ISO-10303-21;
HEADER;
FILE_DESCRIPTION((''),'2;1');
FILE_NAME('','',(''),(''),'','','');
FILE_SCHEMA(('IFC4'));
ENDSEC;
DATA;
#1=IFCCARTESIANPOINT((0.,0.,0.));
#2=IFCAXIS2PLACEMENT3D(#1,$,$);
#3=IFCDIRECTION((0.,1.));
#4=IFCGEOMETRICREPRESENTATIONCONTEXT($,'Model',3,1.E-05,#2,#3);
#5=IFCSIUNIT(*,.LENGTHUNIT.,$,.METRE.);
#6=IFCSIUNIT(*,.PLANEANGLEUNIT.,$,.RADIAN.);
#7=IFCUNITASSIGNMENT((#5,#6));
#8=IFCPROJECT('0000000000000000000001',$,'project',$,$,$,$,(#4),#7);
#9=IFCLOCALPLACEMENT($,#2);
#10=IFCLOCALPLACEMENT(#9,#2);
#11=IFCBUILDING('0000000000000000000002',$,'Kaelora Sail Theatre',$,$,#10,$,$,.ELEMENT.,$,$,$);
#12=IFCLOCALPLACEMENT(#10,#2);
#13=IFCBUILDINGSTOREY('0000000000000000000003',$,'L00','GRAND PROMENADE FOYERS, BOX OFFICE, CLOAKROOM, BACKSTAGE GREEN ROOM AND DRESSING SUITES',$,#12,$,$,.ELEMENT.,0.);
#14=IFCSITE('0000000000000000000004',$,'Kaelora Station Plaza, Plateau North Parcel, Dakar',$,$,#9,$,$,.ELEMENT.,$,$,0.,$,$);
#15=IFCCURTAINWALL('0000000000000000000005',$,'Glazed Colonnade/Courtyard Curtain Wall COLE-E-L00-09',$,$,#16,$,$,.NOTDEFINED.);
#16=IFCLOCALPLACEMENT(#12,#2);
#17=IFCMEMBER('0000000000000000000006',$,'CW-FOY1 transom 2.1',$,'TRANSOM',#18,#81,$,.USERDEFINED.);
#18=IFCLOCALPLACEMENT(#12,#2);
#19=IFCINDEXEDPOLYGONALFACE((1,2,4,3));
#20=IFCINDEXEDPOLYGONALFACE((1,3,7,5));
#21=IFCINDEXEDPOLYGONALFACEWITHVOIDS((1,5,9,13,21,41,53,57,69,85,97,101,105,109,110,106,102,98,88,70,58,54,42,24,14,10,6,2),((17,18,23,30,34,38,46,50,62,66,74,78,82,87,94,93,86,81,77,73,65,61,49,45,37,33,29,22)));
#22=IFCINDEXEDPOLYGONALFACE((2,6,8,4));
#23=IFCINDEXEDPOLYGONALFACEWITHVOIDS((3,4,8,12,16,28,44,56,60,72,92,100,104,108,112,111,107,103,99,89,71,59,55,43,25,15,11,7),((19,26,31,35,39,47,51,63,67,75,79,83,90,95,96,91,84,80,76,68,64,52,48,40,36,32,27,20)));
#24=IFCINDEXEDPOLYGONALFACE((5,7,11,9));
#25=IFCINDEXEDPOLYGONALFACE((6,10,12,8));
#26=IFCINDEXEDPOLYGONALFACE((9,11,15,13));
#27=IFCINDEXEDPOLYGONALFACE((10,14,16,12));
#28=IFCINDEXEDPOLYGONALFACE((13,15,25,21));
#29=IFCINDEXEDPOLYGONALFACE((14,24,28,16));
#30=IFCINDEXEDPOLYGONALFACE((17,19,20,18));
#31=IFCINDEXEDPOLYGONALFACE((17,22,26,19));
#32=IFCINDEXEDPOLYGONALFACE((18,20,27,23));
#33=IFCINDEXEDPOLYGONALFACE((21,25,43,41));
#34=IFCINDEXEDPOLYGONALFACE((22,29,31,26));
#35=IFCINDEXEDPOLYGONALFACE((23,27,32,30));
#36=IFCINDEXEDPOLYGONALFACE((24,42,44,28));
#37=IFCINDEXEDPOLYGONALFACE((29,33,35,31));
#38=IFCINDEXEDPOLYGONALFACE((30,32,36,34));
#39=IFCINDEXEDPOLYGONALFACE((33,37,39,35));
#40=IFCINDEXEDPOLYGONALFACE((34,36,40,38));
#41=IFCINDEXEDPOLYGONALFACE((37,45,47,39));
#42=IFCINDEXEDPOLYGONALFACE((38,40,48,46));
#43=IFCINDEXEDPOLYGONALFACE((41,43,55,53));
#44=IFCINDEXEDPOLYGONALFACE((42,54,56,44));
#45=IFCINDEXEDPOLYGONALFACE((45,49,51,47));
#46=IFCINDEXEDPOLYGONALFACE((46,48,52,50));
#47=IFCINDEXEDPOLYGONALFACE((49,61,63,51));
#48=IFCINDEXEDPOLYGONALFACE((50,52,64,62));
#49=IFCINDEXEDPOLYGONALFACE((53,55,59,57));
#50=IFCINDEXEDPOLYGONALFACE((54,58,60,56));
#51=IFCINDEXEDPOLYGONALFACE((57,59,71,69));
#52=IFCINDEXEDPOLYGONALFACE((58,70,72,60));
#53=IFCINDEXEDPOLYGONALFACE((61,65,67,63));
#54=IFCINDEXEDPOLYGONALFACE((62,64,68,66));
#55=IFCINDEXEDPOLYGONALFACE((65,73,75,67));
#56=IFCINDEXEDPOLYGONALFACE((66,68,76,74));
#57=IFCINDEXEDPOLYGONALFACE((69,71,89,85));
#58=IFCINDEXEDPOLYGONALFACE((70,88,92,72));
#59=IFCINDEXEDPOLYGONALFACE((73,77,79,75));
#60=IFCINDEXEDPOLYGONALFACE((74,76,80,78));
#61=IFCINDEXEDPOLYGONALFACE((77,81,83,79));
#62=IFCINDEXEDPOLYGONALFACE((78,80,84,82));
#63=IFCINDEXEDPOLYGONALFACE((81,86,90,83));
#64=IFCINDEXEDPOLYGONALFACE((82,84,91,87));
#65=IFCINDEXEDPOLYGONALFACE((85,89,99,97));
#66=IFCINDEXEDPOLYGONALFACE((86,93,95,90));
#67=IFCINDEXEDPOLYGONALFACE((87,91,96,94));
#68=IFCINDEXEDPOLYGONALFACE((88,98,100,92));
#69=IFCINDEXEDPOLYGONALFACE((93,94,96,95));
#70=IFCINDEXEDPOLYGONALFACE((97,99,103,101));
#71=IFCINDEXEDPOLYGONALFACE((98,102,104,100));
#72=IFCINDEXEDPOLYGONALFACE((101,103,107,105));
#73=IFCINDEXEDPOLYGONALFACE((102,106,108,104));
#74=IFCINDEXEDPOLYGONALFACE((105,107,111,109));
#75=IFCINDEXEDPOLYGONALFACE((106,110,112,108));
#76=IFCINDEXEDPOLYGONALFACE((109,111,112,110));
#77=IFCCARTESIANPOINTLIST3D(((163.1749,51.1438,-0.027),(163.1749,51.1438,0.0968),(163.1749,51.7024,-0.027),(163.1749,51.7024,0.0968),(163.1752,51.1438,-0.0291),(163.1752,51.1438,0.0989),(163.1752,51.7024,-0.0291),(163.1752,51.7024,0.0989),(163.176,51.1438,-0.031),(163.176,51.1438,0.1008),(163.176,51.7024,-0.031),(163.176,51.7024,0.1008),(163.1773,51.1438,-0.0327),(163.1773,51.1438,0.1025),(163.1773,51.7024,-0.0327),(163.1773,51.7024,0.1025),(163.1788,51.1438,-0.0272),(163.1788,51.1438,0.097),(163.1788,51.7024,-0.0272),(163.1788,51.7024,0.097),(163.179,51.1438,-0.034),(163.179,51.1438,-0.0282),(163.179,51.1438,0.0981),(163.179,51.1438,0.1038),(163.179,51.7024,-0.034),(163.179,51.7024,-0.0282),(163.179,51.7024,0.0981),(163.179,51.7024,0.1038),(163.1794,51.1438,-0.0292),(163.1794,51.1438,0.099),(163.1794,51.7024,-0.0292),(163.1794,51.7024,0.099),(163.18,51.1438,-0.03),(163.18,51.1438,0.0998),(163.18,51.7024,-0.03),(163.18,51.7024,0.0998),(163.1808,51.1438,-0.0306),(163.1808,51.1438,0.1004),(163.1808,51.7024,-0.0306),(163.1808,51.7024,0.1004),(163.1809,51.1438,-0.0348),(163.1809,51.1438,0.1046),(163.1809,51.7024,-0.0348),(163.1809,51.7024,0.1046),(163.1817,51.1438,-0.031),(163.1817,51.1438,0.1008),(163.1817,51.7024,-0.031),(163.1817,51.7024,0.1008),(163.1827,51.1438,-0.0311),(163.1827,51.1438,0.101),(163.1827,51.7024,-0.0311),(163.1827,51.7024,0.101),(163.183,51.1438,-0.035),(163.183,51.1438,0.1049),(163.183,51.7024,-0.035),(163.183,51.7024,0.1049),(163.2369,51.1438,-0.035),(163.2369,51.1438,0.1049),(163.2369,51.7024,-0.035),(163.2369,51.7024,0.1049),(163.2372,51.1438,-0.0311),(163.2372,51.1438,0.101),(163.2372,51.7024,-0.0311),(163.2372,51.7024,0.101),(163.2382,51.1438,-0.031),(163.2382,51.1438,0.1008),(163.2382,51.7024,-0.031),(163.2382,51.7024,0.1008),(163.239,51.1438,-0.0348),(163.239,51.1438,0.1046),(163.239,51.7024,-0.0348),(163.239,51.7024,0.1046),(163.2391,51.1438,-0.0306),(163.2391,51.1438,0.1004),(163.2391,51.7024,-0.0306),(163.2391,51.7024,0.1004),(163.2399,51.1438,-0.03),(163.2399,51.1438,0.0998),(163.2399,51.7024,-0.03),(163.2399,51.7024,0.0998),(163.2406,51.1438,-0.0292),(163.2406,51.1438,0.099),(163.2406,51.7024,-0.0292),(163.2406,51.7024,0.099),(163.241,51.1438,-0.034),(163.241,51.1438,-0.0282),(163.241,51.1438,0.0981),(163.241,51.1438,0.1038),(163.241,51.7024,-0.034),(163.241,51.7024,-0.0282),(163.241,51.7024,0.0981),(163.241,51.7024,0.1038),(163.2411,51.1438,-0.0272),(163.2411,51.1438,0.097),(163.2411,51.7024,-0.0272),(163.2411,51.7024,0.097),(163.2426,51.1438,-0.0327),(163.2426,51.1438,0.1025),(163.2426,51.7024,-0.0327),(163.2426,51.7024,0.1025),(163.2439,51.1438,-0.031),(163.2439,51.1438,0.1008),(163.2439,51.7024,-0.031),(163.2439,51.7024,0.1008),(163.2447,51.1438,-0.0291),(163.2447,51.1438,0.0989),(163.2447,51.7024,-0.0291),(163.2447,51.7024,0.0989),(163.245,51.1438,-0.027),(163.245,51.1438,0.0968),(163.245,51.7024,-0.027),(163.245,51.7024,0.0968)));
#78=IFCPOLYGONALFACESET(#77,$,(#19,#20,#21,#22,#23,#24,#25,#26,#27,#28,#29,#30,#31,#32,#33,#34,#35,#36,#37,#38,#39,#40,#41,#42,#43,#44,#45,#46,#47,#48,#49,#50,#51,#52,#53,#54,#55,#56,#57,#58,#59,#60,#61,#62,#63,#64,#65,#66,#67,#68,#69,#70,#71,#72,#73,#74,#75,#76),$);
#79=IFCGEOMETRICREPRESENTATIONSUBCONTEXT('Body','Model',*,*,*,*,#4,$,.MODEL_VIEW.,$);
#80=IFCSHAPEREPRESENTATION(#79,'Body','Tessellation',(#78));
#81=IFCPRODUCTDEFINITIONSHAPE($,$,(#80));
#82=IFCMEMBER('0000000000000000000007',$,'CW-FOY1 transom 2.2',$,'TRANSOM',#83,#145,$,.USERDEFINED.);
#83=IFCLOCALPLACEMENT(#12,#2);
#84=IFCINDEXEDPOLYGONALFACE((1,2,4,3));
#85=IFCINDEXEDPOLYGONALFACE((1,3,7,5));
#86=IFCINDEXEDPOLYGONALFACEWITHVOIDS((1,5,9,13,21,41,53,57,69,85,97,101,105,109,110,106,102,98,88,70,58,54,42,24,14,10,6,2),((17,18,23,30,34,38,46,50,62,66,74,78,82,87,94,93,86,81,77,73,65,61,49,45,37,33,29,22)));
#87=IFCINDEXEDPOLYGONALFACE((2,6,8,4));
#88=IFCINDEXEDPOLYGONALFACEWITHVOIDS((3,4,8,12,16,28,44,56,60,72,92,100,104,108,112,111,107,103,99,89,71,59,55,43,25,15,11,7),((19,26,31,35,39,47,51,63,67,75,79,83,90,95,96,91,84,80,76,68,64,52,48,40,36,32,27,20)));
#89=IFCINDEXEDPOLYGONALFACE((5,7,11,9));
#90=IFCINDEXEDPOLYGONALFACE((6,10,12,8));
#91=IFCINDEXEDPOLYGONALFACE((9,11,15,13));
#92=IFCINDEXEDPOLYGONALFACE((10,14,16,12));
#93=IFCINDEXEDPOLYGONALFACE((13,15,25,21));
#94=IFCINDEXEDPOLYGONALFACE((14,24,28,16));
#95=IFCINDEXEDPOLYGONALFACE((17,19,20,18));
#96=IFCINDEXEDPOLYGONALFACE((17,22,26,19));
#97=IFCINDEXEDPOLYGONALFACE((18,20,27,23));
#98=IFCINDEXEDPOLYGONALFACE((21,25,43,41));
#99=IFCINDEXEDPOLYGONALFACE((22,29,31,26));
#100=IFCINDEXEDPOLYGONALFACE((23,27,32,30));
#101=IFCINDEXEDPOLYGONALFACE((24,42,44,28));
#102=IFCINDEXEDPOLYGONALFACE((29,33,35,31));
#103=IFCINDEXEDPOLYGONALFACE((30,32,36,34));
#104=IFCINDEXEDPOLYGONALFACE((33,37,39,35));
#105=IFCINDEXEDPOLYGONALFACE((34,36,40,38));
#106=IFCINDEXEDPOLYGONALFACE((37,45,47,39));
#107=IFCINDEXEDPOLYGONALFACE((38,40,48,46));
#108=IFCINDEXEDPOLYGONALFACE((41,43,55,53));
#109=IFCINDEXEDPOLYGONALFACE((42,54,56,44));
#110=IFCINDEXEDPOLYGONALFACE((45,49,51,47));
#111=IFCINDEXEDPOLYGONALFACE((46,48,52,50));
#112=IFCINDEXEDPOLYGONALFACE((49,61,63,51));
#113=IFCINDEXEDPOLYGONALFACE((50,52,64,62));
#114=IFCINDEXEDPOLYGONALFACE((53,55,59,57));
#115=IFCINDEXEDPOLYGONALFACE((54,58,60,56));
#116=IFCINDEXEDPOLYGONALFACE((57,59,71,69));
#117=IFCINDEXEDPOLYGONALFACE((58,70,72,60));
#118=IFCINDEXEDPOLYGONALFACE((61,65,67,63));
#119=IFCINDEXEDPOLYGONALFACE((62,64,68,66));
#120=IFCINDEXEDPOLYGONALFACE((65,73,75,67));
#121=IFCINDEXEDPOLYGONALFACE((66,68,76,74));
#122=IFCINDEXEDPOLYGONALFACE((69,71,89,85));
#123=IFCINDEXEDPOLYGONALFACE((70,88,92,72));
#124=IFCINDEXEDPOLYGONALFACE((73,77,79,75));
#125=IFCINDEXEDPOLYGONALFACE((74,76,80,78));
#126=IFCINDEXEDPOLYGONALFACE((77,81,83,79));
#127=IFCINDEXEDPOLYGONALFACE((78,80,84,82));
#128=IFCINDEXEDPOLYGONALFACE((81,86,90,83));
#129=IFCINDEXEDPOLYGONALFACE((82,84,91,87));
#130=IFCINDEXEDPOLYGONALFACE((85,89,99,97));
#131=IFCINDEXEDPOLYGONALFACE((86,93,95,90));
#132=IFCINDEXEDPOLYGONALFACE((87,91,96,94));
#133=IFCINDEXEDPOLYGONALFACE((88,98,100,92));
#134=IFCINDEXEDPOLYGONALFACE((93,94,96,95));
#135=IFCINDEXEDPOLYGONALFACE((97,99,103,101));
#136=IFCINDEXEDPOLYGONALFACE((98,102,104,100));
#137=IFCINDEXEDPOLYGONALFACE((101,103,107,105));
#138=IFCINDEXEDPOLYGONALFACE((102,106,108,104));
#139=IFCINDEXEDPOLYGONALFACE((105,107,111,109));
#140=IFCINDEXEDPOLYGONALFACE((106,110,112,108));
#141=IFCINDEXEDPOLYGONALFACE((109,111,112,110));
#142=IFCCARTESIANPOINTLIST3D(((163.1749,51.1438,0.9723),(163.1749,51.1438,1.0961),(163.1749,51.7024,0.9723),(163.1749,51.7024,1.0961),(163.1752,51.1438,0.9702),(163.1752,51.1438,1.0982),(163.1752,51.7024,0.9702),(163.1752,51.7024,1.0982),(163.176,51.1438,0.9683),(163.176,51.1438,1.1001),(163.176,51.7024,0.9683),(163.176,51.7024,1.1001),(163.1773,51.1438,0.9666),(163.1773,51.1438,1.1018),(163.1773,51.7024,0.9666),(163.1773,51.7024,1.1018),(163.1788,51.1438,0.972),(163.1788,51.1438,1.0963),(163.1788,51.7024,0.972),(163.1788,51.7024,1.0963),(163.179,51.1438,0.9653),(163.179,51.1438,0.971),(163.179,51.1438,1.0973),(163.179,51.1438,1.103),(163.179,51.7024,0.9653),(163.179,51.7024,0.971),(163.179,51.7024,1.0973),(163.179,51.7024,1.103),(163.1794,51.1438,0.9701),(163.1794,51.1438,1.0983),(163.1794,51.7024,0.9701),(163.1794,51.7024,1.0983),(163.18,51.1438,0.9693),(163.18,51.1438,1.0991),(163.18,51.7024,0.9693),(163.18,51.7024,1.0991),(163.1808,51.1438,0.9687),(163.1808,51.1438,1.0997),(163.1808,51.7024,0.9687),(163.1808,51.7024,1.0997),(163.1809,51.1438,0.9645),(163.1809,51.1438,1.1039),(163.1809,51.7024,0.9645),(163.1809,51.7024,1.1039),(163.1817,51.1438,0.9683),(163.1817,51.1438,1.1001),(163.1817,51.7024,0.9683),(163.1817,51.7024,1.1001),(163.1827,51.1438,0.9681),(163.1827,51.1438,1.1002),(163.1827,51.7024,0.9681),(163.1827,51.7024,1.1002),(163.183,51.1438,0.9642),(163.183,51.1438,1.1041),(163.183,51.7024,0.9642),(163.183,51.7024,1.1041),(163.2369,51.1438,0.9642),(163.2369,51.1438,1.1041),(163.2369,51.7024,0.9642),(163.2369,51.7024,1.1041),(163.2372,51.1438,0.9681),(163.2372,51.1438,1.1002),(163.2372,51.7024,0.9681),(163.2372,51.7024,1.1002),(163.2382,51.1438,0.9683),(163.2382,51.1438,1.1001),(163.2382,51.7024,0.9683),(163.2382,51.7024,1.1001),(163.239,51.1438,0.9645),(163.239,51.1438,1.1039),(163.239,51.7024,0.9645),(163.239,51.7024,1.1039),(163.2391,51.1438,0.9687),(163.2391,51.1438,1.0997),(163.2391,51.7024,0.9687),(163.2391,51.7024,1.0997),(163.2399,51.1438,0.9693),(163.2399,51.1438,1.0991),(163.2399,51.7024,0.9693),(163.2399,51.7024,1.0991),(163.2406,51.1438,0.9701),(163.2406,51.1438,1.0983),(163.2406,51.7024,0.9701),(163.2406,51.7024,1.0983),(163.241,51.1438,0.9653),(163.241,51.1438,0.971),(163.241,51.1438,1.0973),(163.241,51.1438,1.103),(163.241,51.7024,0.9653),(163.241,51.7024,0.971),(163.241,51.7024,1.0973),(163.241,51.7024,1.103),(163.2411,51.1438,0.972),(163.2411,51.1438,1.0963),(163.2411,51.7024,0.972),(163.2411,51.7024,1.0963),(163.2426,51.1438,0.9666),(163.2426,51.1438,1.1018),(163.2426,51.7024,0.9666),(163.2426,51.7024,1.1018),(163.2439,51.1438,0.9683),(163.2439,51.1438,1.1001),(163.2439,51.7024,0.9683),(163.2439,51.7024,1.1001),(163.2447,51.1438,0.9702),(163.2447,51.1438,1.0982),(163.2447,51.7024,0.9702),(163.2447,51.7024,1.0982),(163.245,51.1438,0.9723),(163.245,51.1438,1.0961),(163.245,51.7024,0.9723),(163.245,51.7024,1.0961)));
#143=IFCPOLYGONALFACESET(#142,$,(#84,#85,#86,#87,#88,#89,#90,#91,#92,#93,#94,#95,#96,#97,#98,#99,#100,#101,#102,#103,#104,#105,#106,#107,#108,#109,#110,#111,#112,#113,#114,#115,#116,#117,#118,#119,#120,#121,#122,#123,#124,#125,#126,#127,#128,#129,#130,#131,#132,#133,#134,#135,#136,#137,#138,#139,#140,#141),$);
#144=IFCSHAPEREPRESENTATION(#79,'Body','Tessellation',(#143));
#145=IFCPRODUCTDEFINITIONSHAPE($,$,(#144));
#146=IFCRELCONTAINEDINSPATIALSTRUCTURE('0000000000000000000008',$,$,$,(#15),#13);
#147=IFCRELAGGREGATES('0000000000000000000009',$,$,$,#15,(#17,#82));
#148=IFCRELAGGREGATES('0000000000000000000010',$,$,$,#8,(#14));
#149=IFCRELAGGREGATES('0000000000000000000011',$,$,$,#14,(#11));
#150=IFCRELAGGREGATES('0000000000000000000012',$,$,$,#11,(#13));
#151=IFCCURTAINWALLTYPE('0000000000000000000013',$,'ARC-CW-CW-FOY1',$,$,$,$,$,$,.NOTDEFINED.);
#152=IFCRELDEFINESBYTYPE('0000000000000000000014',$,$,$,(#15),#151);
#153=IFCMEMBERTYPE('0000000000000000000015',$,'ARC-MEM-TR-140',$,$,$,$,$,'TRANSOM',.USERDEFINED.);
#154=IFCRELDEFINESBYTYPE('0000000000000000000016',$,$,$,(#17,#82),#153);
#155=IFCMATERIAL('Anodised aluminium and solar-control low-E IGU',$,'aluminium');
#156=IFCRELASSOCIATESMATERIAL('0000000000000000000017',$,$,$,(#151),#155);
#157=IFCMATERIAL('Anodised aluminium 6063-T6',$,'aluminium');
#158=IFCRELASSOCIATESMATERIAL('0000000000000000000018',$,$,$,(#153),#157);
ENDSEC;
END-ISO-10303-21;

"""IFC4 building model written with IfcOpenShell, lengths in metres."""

from ifc_helpers import new_model, si_unit, direction, frame, origin, origin_2d, place, context, subcontext, project, spatial, hollow_rectangle, extrude, material, material_profile, profile_set, type_object, element, aggregate, save


model = new_model("IFC4")

# Units and contexts
model_context = context("Model", 3, precision=1e-05, world=origin(), true_north=direction((0.0, 1.0)))
body_context = subcontext(model_context, "Body", "Model", "MODEL_VIEW")
ifc_project = project(units=[si_unit("LENGTHUNIT", "METRE"), si_unit("PLANEANGLEUNIT", "RADIAN")], contexts=[model_context])

# Site, building, storey
site_placement = place(None, origin())
site = spatial("IfcSite", under=ifc_project, at=site_placement, Name="Kaelora Station Plaza, Plateau North Parcel, Dakar", CompositionType="ELEMENT", RefElevation=0.0)
building_placement = place(site_placement, origin())
building = spatial("IfcBuilding", under=site, at=building_placement, Name="Kaelora Sail Theatre", CompositionType="ELEMENT")
storey_placement = place(building_placement, origin())
storey = spatial("IfcBuildingStorey", under=building, at=storey_placement, Name="L00", Description="GRAND PROMENADE FOYERS, BOX OFFICE, CLOAKROOM, BACKSTAGE GREEN ROOM AND DRESSING SUITES", CompositionType="ELEMENT", Elevation=0.0)

# Curtain wall, members
ifc_material_1 = material(Name="Anodised aluminium and solar-control low-E IGU", Category="aluminium")
curtain_wall_type = type_object("IfcCurtainWallType", Name="ARC-CW-CW-FOY1", PredefinedType="NOTDEFINED", material=ifc_material_1)
curtain_wall_placement = place(storey_placement, origin())
curtain_wall = element("IfcCurtainWall", 1, at=curtain_wall_placement, inside=storey, type_object=curtain_wall_type, Name="Glazed Colonnade/Courtyard Curtain Wall COLE-E-L00-09", PredefinedType="NOTDEFINED")
ifc_material_2 = material(Name="Anodised aluminium 6063-T6", Category="aluminium")
ifc_material_profile_1 = material_profile(ifc_material_2, hollow_rectangle(XDim=0.0701, YDim=0.1399, WallThickness=0.0039, InnerFilletRadius=0.0039, OuterFilletRadius=0.0081, at=origin_2d()), Name="ALU-TRAN 70x140x4")
ifc_profile_set_1 = profile_set([ifc_material_profile_1], Name="Anodised aluminium 6063-T6")
member_type_1 = type_object("IfcMemberType", Name="ARC-MEM-TR-140", ElementType="TRANSOM", PredefinedType="USERDEFINED", material=ifc_profile_set_1)
member_1_placement = place(storey_placement, frame((163.21, 51.1438, 0.0349), z_axis=(0.0, 1.0, 0.0), x_axis=(-1.0, 0.0, 0.0)))
member_1 = element("IfcMember", 2, at=member_1_placement, type_object=member_type_1, Name="CW-FOY1 transom 2.1", ObjectType="TRANSOM", PredefinedType="USERDEFINED", context=body_context, shape_type="SweptSolid", body=[
    extrude(hollow_rectangle(XDim=0.0701, YDim=0.1399, WallThickness=0.0039, InnerFilletRadius=0.0039, OuterFilletRadius=0.0081, at=origin_2d()), origin(), (0.0, 0.0, 1.0), 0.5586),
])
member_2_placement = place(storey_placement, frame((163.21, 51.1438, 1.0342), z_axis=(0.0, 1.0, 0.0), x_axis=(-1.0, 0.0, 0.0)))
member_2 = element("IfcMember", 3, at=member_2_placement, type_object=member_type_1, Name="CW-FOY1 transom 2.2", ObjectType="TRANSOM", PredefinedType="USERDEFINED", context=body_context, shape_type="SweptSolid", body=[
    extrude(hollow_rectangle(XDim=0.0701, YDim=0.1399, WallThickness=0.0039, InnerFilletRadius=0.0039, OuterFilletRadius=0.0081, at=origin_2d()), origin(), (0.0, 0.0, 1.0), 0.5586),
])
aggregate(curtain_wall, [member_1, member_2])

save(model, "model.ifc")
